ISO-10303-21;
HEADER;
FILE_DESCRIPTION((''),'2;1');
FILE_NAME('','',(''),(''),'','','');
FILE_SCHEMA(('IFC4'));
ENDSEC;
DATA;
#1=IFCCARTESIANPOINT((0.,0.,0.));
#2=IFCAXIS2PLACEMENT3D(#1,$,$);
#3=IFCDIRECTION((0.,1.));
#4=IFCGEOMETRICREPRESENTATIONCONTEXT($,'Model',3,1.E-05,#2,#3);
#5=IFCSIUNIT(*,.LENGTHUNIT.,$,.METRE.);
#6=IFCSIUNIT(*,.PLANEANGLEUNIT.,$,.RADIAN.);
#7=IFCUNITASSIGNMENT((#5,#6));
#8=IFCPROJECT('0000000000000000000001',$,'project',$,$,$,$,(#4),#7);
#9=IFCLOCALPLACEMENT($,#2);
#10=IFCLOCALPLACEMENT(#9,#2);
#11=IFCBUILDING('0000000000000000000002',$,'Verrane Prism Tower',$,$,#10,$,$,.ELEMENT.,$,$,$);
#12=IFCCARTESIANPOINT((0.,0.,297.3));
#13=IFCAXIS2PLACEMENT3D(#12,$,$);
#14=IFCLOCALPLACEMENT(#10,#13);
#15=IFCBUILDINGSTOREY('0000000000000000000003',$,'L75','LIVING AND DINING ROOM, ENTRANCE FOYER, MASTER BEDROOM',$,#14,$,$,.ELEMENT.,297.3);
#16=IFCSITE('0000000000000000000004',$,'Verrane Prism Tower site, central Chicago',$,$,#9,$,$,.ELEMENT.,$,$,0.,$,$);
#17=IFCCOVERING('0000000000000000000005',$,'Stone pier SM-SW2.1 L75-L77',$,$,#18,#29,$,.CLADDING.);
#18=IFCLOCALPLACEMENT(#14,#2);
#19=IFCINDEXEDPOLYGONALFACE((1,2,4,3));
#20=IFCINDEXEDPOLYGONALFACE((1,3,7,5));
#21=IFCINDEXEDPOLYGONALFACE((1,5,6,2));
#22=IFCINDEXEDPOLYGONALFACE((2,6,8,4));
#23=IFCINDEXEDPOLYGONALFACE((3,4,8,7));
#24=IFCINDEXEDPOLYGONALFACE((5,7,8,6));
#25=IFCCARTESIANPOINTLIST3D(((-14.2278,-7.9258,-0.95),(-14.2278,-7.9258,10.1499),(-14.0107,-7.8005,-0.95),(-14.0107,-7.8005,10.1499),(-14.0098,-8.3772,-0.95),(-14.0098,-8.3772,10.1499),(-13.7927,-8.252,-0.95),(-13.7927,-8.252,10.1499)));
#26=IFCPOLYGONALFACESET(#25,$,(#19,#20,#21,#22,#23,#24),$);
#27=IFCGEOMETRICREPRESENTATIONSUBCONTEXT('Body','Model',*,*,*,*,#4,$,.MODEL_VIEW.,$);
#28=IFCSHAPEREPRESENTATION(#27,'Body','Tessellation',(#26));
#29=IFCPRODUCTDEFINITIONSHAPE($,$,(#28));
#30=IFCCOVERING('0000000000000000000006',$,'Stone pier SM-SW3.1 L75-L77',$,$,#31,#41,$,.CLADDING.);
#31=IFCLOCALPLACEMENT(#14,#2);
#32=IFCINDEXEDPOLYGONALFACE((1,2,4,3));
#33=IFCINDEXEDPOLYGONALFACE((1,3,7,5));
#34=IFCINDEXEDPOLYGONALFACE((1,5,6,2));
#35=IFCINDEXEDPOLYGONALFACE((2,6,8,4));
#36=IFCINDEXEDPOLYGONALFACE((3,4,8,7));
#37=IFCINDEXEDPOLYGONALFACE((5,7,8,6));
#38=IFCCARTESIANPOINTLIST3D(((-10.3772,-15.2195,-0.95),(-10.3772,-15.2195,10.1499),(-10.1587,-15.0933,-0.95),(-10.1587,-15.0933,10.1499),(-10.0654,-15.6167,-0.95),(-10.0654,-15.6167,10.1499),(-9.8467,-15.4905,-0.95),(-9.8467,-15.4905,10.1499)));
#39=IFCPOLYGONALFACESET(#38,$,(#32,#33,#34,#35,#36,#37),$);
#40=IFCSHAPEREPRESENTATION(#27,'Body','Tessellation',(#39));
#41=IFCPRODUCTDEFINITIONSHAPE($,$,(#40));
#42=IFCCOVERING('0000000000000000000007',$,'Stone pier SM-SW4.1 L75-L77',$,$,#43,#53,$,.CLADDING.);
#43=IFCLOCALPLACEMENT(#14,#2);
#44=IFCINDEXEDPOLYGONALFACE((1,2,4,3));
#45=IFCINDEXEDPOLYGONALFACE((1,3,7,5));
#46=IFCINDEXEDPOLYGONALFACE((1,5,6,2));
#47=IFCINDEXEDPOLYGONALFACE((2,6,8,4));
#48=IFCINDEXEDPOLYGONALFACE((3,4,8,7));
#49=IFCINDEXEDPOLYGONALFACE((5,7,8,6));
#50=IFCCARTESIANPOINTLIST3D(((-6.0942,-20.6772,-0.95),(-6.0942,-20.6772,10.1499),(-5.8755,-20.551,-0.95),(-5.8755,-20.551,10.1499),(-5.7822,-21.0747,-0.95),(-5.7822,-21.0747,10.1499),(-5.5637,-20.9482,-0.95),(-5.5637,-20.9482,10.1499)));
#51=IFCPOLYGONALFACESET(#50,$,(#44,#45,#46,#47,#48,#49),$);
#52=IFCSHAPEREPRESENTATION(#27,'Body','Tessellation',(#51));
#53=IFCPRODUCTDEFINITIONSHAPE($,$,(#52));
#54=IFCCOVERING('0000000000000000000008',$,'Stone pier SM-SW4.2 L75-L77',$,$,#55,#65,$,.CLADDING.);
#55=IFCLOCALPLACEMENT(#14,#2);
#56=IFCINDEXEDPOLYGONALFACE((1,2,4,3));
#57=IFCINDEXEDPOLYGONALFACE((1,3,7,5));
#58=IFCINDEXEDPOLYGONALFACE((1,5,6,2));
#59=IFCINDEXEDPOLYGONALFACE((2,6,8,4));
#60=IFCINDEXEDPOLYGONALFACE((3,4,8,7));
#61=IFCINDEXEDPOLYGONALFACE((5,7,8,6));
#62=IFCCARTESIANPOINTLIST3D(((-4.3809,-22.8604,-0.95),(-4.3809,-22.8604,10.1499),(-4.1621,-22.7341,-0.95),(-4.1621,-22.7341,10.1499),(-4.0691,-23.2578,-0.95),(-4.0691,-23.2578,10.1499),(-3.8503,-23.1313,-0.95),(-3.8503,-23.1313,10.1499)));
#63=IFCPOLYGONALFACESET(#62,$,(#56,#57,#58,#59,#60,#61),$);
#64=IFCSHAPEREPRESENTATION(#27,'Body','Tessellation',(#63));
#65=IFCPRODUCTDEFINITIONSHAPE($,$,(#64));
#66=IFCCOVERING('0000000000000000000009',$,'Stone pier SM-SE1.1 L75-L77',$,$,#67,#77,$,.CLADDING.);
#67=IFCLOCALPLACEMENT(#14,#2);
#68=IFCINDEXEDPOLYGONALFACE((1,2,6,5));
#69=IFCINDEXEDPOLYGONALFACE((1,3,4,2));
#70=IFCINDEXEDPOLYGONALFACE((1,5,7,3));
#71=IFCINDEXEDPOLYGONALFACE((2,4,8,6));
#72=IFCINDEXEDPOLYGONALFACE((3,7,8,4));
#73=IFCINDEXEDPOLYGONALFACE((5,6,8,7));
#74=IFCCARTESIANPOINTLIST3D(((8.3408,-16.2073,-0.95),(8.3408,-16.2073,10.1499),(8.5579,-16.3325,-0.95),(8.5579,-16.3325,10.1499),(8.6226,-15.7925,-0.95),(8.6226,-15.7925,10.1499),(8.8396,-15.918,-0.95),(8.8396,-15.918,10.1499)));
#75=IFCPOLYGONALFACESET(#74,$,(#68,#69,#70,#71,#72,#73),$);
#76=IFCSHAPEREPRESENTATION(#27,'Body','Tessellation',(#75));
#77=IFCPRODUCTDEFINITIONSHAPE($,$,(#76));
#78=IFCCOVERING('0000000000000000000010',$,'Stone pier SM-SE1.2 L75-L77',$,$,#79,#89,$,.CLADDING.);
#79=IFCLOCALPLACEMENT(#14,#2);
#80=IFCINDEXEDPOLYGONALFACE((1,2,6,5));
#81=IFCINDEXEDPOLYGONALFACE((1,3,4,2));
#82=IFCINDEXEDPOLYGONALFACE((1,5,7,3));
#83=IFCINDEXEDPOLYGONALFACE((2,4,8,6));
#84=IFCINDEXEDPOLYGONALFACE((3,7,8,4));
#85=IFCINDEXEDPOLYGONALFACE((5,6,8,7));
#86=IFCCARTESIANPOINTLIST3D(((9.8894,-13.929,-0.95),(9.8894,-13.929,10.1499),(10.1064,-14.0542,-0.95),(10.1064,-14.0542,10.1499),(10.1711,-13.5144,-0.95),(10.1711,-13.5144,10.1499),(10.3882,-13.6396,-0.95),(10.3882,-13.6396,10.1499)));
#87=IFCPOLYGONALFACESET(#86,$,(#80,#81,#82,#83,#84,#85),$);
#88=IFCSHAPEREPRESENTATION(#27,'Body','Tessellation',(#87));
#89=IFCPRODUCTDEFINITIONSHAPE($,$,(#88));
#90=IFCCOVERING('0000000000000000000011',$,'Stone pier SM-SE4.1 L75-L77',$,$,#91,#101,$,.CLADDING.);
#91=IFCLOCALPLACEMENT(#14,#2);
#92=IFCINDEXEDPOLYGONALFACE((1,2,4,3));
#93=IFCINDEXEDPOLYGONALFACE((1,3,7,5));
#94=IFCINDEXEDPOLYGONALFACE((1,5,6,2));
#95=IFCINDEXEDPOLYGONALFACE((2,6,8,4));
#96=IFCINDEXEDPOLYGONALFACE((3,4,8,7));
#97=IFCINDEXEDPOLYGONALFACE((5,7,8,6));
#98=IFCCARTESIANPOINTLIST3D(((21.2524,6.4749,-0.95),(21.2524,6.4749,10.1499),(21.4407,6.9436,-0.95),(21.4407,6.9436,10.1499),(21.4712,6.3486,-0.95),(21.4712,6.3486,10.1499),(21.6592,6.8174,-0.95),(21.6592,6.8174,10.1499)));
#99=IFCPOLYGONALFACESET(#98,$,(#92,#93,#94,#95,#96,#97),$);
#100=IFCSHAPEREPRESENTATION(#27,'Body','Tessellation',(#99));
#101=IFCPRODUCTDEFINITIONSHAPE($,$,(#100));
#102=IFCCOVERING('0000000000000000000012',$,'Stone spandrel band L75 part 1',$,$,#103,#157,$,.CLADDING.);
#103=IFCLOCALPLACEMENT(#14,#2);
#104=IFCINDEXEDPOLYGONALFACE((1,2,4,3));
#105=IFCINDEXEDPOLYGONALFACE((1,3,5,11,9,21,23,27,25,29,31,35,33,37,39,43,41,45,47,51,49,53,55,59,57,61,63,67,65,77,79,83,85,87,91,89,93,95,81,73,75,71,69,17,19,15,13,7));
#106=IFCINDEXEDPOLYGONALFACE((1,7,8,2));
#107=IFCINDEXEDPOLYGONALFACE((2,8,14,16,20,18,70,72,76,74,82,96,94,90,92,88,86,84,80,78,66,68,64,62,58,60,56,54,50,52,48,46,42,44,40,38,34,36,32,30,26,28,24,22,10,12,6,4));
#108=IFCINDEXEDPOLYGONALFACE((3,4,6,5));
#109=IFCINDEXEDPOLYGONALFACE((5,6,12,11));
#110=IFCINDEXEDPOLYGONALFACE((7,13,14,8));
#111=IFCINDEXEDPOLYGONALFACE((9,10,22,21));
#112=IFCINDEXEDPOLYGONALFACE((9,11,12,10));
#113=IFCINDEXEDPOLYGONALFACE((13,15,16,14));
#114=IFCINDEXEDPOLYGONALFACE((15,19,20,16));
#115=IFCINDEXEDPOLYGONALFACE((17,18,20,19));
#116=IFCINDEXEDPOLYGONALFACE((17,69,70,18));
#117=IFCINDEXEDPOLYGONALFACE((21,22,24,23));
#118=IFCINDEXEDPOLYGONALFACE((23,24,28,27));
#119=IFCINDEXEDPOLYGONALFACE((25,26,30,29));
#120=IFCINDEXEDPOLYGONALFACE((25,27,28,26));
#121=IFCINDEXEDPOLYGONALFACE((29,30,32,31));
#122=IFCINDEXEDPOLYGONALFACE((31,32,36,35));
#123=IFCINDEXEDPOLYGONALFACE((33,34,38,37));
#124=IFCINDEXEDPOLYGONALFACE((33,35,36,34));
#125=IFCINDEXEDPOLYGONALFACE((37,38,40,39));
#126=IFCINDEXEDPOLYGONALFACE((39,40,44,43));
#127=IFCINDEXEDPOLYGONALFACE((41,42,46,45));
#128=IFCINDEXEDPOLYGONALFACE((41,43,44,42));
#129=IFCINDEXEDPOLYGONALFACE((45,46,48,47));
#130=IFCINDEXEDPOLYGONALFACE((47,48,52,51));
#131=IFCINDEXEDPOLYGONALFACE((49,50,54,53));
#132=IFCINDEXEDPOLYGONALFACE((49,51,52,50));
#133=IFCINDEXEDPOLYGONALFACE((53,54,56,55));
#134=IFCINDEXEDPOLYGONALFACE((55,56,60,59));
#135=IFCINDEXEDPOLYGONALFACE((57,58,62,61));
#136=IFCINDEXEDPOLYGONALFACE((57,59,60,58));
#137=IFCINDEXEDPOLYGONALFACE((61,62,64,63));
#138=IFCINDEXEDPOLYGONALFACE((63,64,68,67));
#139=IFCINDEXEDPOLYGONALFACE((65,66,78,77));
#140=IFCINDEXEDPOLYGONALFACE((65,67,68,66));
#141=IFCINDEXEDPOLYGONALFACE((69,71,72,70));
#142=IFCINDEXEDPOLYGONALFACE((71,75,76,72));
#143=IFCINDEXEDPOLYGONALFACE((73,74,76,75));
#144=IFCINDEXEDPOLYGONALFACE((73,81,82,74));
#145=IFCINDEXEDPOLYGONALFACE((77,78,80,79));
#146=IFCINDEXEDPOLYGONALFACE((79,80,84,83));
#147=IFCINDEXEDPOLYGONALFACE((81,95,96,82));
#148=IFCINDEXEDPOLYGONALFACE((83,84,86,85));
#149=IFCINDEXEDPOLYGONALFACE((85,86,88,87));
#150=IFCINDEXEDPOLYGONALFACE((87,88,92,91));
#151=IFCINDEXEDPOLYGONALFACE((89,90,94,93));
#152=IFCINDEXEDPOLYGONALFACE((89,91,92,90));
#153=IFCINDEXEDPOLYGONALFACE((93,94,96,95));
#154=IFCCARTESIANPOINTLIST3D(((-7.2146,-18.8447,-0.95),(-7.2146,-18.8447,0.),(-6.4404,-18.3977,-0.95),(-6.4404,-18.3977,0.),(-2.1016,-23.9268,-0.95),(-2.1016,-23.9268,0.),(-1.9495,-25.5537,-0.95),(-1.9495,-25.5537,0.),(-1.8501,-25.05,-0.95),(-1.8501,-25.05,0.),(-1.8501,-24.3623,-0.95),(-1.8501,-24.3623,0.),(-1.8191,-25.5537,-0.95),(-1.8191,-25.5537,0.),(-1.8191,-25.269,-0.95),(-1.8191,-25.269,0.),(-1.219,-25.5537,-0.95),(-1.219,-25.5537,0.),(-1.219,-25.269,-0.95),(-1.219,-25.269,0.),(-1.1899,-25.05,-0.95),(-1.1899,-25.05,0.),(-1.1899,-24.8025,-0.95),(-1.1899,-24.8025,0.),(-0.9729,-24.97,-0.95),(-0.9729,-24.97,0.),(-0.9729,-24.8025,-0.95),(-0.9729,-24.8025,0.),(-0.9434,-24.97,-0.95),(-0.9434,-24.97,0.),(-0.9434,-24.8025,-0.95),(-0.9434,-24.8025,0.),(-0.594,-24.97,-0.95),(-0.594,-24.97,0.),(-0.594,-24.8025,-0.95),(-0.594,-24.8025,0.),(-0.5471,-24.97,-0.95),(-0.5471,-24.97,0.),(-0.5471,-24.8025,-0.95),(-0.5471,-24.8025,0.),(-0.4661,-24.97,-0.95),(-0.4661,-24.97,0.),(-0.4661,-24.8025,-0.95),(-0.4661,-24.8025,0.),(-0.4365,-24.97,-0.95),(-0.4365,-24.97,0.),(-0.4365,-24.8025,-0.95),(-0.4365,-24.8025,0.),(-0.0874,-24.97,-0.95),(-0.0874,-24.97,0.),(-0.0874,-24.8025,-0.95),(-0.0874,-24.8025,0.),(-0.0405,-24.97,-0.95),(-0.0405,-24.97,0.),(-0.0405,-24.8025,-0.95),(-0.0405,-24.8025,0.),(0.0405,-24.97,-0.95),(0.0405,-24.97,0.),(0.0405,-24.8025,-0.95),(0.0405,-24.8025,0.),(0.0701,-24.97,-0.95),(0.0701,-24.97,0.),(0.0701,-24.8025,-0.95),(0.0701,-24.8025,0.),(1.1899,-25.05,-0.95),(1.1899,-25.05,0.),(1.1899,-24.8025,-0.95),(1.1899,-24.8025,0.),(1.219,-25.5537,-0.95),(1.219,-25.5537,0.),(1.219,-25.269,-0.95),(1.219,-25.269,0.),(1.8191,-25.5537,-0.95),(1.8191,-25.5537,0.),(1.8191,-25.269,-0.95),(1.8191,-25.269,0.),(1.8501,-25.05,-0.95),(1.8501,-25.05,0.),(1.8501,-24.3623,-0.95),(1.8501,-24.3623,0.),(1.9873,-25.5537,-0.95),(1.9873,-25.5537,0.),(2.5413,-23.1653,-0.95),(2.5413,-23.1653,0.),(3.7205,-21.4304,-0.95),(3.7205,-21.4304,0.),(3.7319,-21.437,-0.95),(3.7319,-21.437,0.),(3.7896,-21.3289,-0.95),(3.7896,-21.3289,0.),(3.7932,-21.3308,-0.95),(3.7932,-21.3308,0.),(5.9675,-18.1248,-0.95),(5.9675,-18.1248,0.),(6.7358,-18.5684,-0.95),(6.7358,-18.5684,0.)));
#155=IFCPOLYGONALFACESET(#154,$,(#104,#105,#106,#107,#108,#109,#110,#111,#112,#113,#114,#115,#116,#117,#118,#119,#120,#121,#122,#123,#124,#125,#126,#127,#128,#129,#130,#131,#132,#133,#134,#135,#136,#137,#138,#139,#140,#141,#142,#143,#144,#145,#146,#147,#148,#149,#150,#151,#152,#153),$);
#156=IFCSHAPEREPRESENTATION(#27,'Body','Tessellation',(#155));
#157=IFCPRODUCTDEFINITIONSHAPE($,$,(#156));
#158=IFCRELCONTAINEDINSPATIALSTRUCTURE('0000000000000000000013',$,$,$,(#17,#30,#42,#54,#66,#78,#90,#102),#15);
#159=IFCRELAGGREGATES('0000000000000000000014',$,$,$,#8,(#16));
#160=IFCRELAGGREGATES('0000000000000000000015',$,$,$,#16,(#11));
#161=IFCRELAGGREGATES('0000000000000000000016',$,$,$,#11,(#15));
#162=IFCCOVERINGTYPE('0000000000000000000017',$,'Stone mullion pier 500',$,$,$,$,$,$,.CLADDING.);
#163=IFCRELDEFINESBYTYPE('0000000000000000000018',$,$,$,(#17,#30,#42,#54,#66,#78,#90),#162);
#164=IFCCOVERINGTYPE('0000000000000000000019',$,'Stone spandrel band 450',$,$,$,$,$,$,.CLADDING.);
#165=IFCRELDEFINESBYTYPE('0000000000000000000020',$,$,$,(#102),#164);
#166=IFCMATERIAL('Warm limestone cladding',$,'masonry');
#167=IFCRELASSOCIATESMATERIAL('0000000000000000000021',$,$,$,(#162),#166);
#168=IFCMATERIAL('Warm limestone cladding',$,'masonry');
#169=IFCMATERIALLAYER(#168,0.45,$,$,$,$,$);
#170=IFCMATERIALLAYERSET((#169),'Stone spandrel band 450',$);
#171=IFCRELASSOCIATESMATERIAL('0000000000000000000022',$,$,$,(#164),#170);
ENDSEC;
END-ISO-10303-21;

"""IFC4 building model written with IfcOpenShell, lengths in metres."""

from ifc_helpers import new_model, si_unit, direction, frame, origin, place, context, subcontext, project, spatial, polyline, outline, extrude, material, layer, layer_set, type_object, element, save


model = new_model("IFC4")

# Units and contexts
model_context = context("Model", 3, precision=1e-05, world=origin(), true_north=direction((0.0, 1.0)))
body_context = subcontext(model_context, "Body", "Model", "MODEL_VIEW")
ifc_project = project(units=[si_unit("LENGTHUNIT", "METRE"), si_unit("PLANEANGLEUNIT", "RADIAN")], contexts=[model_context])

# Site, building, storey
site_placement = place(None, origin())
site = spatial("IfcSite", under=ifc_project, at=site_placement, Name="Verrane Prism Tower site, central Chicago", CompositionType="ELEMENT", RefElevation=0.0)
building_placement = place(site_placement, origin())
building = spatial("IfcBuilding", under=site, at=building_placement, Name="Verrane Prism Tower", CompositionType="ELEMENT")
storey_placement = place(building_placement, frame((0.0, 0.0, 297.3)))
storey = spatial("IfcBuildingStorey", under=building, at=storey_placement, Name="L75", Description="LIVING AND DINING ROOM, ENTRANCE FOYER, MASTER BEDROOM", CompositionType="ELEMENT", Elevation=297.3)

# Coverings
ifc_material_1 = material(Name="Warm limestone cladding", Category="masonry")
covering_type_1 = type_object("IfcCoveringType", Name="Stone mullion pier 500", PredefinedType="CLADDING", material=ifc_material_1)
covering_1_placement = place(storey_placement, frame((0.0, 0.0, -0.95)))
element("IfcCovering", 1, at=covering_1_placement, inside=storey, type_object=covering_type_1, Name="Stone pier SM-SW2.1 L75-L77", PredefinedType="CLADDING", context=body_context, shape_type="SweptSolid", body=[
    extrude(outline(polyline([(-13.7927, -8.252), (-14.0107, -7.8005), (-14.2278, -7.9258), (-14.0098, -8.3772), (-13.7927, -8.252)])), origin(), (0.0, 0.0, 1.0), 11.0999),
])
covering_2_placement = place(storey_placement, frame((0.0, 0.0, -0.95)))
element("IfcCovering", 2, at=covering_2_placement, inside=storey, type_object=covering_type_1, Name="Stone pier SM-SW3.1 L75-L77", PredefinedType="CLADDING", context=body_context, shape_type="SweptSolid", body=[
    extrude(outline(polyline([(-9.8467, -15.4905), (-10.1587, -15.0933), (-10.3772, -15.2195), (-10.0654, -15.6167), (-9.8467, -15.4905)])), origin(), (0.0, 0.0, 1.0), 11.0999),
])
covering_3_placement = place(storey_placement, frame((0.0, 0.0, -0.95)))
element("IfcCovering", 3, at=covering_3_placement, inside=storey, type_object=covering_type_1, Name="Stone pier SM-SW4.1 L75-L77", PredefinedType="CLADDING", context=body_context, shape_type="SweptSolid", body=[
    extrude(outline(polyline([(-5.5637, -20.9482), (-5.8755, -20.551), (-6.0942, -20.6772), (-5.7822, -21.0747), (-5.5637, -20.9482)])), origin(), (0.0, 0.0, 1.0), 11.0999),
])
covering_4_placement = place(storey_placement, frame((0.0, 0.0, -0.95)))
element("IfcCovering", 4, at=covering_4_placement, inside=storey, type_object=covering_type_1, Name="Stone pier SM-SW4.2 L75-L77", PredefinedType="CLADDING", context=body_context, shape_type="SweptSolid", body=[
    extrude(outline(polyline([(-3.8503, -23.1313), (-4.1621, -22.7341), (-4.3809, -22.8604), (-4.0691, -23.2578), (-3.8503, -23.1313)])), origin(), (0.0, 0.0, 1.0), 11.0999),
])
covering_5_placement = place(storey_placement, frame((0.0, 0.0, -0.95)))
element("IfcCovering", 5, at=covering_5_placement, inside=storey, type_object=covering_type_1, Name="Stone pier SM-SE1.1 L75-L77", PredefinedType="CLADDING", context=body_context, shape_type="SweptSolid", body=[
    extrude(outline(polyline([(8.6226, -15.7925), (8.3408, -16.2073), (8.5579, -16.3325), (8.8396, -15.918), (8.6226, -15.7925)])), origin(), (0.0, 0.0, 1.0), 11.0999),
])
covering_6_placement = place(storey_placement, frame((0.0, 0.0, -0.95)))
element("IfcCovering", 6, at=covering_6_placement, inside=storey, type_object=covering_type_1, Name="Stone pier SM-SE1.2 L75-L77", PredefinedType="CLADDING", context=body_context, shape_type="SweptSolid", body=[
    extrude(outline(polyline([(10.1711, -13.5144), (9.8894, -13.929), (10.1064, -14.0542), (10.3882, -13.6396), (10.1711, -13.5144)])), origin(), (0.0, 0.0, 1.0), 11.0999),
])
covering_7_placement = place(storey_placement, frame((0.0, 0.0, -0.95)))
element("IfcCovering", 7, at=covering_7_placement, inside=storey, type_object=covering_type_1, Name="Stone pier SM-SE4.1 L75-L77", PredefinedType="CLADDING", context=body_context, shape_type="SweptSolid", body=[
    extrude(outline(polyline([(21.4407, 6.9436), (21.2524, 6.4749), (21.4712, 6.3486), (21.6592, 6.8174), (21.4407, 6.9436)])), origin(), (0.0, 0.0, 1.0), 11.0999),
])
ifc_material_2 = material(Name="Warm limestone cladding", Category="masonry")
ifc_layer_1 = layer(ifc_material_2, 0.45)
ifc_layer_set_1 = layer_set([ifc_layer_1], Name="Stone spandrel band 450")
covering_type_2 = type_object("IfcCoveringType", Name="Stone spandrel band 450", PredefinedType="CLADDING", material=ifc_layer_set_1)
covering_8_placement = place(storey_placement, frame((0.0, 0.0, -0.95)))
element("IfcCovering", 8, at=covering_8_placement, inside=storey, type_object=covering_type_2, Name="Stone spandrel band L75 part 1", PredefinedType="CLADDING", context=body_context, shape_type="SweptSolid", body=[
    extrude(outline(polyline([(1.9873, -25.5537), (6.7358, -18.5684), (5.9675, -18.1248), (3.7896, -21.3289), (3.7932, -21.3308), (3.7319, -21.437), (3.7205, -21.4304), (2.5413, -23.1653), (1.8501, -24.3623), (1.8501, -25.05), (1.1899, -25.05), (1.1899, -24.8025), (0.0701, -24.8025), (0.0701, -24.97), (0.0405, -24.97), (0.0405, -24.8025), (-0.0405, -24.8025), (-0.0405, -24.97), (-0.0874, -24.97), (-0.0874, -24.8025), (-0.4365, -24.8025), (-0.4365, -24.97), (-0.4661, -24.97), (-0.4661, -24.8025), (-0.5471, -24.8025), (-0.5471, -24.97), (-0.594, -24.97), (-0.594, -24.8025), (-0.9434, -24.8025), (-0.9434, -24.97), (-0.9729, -24.97), (-0.9729, -24.8025), (-1.1899, -24.8025), (-1.1899, -25.05), (-1.8501, -25.05), (-1.8501, -24.3623), (-2.1016, -23.9268), (-6.4404, -18.3977), (-7.2146, -18.8447), (-1.9495, -25.5537), (-1.8191, -25.5537), (-1.8191, -25.269), (-1.219, -25.269), (-1.219, -25.5537), (1.219, -25.5537), (1.219, -25.269), (1.8191, -25.269), (1.8191, -25.5537), (1.9873, -25.5537)])), origin(), (0.0, 0.0, 1.0), 0.95),
])

save(model, "model.ifc")
